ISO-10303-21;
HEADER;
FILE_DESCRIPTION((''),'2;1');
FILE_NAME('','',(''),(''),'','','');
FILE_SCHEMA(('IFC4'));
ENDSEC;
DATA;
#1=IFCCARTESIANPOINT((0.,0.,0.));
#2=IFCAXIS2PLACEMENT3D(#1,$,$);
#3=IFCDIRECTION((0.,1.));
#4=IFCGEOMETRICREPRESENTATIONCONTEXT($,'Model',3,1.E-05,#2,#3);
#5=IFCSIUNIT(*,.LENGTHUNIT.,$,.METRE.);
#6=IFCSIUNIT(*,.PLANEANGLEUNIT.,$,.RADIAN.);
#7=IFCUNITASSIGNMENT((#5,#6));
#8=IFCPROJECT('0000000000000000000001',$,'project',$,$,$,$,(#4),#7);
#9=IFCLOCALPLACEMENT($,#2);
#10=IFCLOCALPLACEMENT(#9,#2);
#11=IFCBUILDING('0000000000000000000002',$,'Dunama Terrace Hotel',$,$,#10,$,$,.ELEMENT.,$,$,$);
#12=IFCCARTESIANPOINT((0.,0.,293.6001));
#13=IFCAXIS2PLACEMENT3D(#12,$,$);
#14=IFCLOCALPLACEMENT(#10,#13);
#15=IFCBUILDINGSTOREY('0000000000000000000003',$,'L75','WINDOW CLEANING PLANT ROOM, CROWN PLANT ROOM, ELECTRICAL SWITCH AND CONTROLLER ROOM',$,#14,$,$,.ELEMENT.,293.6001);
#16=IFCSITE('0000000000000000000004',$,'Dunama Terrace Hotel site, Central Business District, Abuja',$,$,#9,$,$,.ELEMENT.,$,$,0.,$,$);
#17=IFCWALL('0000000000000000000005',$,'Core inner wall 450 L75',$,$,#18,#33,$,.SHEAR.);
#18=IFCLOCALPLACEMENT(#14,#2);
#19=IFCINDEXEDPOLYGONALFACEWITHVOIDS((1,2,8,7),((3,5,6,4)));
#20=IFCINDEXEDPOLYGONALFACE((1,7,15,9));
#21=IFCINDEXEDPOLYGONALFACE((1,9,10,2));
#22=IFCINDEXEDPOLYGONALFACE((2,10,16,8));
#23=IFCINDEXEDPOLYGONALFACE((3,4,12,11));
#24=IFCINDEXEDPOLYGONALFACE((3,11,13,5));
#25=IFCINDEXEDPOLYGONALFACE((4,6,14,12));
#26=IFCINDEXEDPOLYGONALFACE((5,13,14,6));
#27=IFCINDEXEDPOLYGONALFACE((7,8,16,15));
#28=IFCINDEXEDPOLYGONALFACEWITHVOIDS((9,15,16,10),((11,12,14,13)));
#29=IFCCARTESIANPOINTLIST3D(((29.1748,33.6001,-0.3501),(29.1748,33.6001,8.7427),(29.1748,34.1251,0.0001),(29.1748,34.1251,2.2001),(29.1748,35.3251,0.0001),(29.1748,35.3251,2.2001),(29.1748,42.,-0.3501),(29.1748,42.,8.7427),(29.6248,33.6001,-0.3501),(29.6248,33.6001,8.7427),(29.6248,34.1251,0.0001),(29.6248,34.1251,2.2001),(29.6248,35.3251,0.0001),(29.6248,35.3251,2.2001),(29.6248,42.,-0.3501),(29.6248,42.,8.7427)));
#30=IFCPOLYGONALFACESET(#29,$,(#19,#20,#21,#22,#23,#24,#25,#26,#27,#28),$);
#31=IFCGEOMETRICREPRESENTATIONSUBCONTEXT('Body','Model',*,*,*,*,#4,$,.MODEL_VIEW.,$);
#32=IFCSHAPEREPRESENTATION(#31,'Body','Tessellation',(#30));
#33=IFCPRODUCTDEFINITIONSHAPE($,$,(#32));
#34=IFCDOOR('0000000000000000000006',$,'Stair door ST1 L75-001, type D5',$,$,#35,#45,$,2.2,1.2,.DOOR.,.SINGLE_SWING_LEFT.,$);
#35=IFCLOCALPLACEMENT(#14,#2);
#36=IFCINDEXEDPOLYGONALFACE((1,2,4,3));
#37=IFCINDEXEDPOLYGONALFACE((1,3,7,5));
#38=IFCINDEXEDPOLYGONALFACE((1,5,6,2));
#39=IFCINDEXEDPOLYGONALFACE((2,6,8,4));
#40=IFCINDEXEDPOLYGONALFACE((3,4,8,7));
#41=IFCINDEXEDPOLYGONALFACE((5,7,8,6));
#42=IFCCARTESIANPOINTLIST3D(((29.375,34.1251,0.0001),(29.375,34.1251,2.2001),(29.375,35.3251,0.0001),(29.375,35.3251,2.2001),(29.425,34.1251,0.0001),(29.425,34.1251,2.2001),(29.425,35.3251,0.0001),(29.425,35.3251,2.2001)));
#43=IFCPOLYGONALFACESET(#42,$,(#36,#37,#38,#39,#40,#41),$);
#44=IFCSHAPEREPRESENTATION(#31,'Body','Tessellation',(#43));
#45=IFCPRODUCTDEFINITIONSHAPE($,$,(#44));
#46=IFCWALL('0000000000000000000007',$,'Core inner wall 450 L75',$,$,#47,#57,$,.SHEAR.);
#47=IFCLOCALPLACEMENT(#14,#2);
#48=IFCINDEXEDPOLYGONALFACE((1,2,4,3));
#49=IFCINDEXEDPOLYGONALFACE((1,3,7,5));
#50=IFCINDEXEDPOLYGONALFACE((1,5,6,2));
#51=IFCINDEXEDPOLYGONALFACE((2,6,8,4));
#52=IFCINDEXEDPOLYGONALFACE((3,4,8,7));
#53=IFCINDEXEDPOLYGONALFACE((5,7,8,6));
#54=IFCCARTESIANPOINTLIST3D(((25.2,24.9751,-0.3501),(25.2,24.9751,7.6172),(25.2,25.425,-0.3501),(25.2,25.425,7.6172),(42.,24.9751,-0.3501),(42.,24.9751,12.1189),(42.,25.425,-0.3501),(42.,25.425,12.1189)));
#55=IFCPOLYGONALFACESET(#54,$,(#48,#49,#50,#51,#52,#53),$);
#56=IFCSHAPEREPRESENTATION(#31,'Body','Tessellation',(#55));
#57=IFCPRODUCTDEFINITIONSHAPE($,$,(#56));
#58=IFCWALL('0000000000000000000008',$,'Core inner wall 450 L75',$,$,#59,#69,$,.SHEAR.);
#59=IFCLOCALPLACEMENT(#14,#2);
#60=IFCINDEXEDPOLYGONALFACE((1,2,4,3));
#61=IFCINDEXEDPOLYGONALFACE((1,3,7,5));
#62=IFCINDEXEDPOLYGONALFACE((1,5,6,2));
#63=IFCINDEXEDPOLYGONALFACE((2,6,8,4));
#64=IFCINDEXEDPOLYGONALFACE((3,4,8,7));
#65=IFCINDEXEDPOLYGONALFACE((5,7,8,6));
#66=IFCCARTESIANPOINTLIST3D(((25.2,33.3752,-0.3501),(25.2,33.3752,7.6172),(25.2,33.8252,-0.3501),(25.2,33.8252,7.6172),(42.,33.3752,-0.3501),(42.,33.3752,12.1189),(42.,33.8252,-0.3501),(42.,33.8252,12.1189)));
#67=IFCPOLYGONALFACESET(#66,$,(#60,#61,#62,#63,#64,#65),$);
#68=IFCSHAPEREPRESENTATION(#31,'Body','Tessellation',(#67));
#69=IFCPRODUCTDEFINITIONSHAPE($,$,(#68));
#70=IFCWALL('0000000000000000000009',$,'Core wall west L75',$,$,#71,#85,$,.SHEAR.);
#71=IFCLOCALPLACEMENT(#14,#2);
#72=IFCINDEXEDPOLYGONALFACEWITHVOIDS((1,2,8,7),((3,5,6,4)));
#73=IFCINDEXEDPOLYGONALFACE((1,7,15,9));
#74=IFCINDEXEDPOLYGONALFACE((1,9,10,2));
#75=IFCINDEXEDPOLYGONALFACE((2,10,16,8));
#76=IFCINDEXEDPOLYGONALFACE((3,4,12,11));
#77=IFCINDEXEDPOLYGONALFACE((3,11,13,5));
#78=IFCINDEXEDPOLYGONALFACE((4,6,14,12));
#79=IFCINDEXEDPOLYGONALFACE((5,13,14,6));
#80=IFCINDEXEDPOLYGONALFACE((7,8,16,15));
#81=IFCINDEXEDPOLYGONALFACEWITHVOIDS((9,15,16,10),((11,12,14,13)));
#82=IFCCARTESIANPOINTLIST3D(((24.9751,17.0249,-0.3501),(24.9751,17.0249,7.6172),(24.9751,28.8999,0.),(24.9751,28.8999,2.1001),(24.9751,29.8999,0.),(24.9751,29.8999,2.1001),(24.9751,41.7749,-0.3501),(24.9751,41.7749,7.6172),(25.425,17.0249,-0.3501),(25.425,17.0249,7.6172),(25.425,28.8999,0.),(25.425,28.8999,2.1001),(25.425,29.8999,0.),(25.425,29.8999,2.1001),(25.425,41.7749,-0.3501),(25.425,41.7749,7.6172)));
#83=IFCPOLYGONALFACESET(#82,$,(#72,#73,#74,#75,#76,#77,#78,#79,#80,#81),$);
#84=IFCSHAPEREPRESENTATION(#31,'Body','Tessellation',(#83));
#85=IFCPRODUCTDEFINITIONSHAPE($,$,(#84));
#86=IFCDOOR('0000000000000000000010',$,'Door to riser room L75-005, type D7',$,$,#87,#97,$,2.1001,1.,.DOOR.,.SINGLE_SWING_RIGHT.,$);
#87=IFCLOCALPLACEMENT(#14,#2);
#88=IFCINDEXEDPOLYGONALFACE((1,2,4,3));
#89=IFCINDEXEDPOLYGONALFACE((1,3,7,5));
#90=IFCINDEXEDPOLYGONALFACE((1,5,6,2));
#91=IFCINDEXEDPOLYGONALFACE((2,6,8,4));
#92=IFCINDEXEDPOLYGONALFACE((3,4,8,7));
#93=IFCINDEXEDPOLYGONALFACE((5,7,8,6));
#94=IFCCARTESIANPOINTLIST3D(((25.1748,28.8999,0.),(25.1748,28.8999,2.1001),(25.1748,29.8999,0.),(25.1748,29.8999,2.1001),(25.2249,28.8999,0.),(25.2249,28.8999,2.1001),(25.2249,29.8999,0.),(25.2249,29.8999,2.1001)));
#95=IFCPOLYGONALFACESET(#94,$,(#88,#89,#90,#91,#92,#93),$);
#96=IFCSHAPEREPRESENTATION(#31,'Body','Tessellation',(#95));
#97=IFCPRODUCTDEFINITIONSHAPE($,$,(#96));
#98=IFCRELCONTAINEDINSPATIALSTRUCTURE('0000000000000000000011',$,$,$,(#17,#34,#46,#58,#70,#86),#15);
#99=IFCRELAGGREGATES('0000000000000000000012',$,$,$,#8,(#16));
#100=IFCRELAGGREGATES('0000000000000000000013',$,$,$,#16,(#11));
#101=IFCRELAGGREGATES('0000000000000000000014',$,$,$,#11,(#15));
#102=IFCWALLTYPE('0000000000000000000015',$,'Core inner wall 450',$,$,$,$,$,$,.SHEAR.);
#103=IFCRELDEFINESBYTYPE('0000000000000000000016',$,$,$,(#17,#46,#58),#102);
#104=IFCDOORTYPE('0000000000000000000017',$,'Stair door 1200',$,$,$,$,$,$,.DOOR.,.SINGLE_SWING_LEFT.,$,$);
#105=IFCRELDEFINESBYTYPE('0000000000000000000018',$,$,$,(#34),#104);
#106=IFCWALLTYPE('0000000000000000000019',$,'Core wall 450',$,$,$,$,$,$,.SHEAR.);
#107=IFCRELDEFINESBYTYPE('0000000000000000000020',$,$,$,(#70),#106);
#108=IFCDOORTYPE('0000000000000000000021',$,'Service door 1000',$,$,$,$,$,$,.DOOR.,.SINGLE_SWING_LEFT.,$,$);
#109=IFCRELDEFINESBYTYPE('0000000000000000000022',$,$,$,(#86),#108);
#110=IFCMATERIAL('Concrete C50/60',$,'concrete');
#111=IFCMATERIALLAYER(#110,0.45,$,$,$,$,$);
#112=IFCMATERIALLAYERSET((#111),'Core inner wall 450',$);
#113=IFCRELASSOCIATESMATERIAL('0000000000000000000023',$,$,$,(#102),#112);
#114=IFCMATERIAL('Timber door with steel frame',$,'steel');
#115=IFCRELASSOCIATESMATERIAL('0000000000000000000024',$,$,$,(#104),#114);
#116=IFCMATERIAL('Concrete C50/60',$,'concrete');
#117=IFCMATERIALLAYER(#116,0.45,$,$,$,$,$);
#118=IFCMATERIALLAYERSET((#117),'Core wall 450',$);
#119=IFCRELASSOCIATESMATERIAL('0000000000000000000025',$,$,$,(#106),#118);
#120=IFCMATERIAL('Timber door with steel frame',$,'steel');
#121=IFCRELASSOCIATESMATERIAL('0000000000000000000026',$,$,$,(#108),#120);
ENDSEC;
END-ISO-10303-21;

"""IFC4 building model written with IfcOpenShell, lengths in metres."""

from ifc_helpers import new_model, si_unit, direction, frame, frame_2d, origin, place, context, subcontext, project, spatial, polyline, rectangle, outline, extrude, material, layer, layer_set, type_object, element, fill, save


model = new_model("IFC4")

# Units and contexts
model_context = context("Model", 3, precision=1e-05, world=origin(), true_north=direction((0.0, 1.0)))
body_context = subcontext(model_context, "Body", "Model", "MODEL_VIEW")
ifc_project = project(units=[si_unit("LENGTHUNIT", "METRE"), si_unit("PLANEANGLEUNIT", "RADIAN")], contexts=[model_context])

# Site, building, storey
site_placement = place(None, origin())
site = spatial("IfcSite", under=ifc_project, at=site_placement, Name="Dunama Terrace Hotel site, Central Business District, Abuja", CompositionType="ELEMENT", RefElevation=0.0)
building_placement = place(site_placement, origin())
building = spatial("IfcBuilding", under=site, at=building_placement, Name="Dunama Terrace Hotel", CompositionType="ELEMENT")
storey_placement = place(building_placement, frame((0.0, 0.0, 293.6001)))
storey = spatial("IfcBuildingStorey", under=building, at=storey_placement, Name="L75", Description="WINDOW CLEANING PLANT ROOM, CROWN PLANT ROOM, ELECTRICAL SWITCH AND CONTROLLER ROOM", CompositionType="ELEMENT", Elevation=293.6001)

# Wall, opening, door
ifc_material_1 = material(Name="Concrete C50/60", Category="concrete")
ifc_layer_1 = layer(ifc_material_1, 0.45)
ifc_layer_set_1 = layer_set([ifc_layer_1], Name="Core inner wall 450")
wall_type_1 = type_object("IfcWallType", Name="Core inner wall 450", PredefinedType="SHEAR", material=ifc_layer_set_1)
wall_1_placement = place(storey_placement, frame((29.3999, 33.6001, -0.3501), z_axis=(0.0, 0.0, 1.0), x_axis=(0.0, 1.0, 0.0)))
wall_1 = element("IfcWall", 1, at=wall_1_placement, inside=storey, type_object=wall_type_1, Name="Core inner wall 450 L75", PredefinedType="SHEAR", context=body_context, shape_type="SweptSolid", body=[
    extrude(outline(polyline([(0.0, 0.0), (8.3999, 0.0), (8.3999, 9.0928), (0.0, 9.0928), (0.0, 0.0)])), frame((0.0, 0.2251, 0.0), z_axis=(0.0, -1.0, 0.0), x_axis=(1.0, 0.0, 0.0)), (0.0, 0.0, 1.0), 0.45),
])
opening_1_placement = place(wall_1_placement, frame((0.5249, 0.0, 0.3501)))
opening_1 = element("IfcOpeningElement", 2, at=opening_1_placement, cuts=wall_1, PredefinedType="OPENING", context=body_context, shape_type="SweptSolid", body=[
    extrude(rectangle(XDim=1.2, YDim=2.2, at=frame_2d((0.6001, 1.1001))), frame((0.0, 0.2349, 0.0), z_axis=(0.0, -1.0, 0.0), x_axis=(1.0, 0.0, 0.0)), (0.0, 0.0, 1.0), 0.47),
])
ifc_material_2 = material(Name="Timber door with steel frame", Category="steel")
door_type_1 = type_object("IfcDoorType", Name="Stair door 1200", OperationType="SINGLE_SWING_LEFT", PredefinedType="DOOR", material=ifc_material_2)
door_1_placement = place(opening_1_placement, origin())
door_1 = element("IfcDoor", 3, at=door_1_placement, inside=storey, type_object=door_type_1, Name="Stair door ST1 L75-001, type D5", OperationType="SINGLE_SWING_LEFT", OverallHeight=2.2, OverallWidth=1.2, PredefinedType="DOOR", context=body_context, shape_type="SweptSolid", body=[
    extrude(rectangle(XDim=1.2, YDim=2.2, at=frame_2d((0.6001, 1.1001))), frame((0.0, 0.0249, 0.0), z_axis=(0.0, -1.0, 0.0), x_axis=(1.0, 0.0, 0.0)), (0.0, 0.0, 1.0), 0.05),
])
fill(opening_1, door_1)

# Walls
for number, where, z_axis, x_axis, name in (
    (4, (25.2, 25.2, -0.3501), (0.0, 0.0, 1.0), (1.0, 0.0, 0.0), "Core inner wall 450 L75"),
    (5, (25.2, 33.6001, -0.3501), (0.0, 0.0, 1.0), (1.0, 0.0, 0.0), "Core inner wall 450 L75"),
):
    element("IfcWall", number, at=place(storey_placement, frame(where, z_axis=z_axis, x_axis=x_axis)), inside=storey, type_object=wall_type_1, Name=name, PredefinedType="SHEAR", context=body_context, shape_type="SweptSolid", body=[
        extrude(outline(polyline([(0.0, 0.0), (16.8, 0.0), (16.8, 12.469), (0.0, 7.9673), (0.0, 0.0)])), frame((0.0, 0.2251, 0.0), z_axis=(0.0, -1.0, 0.0), x_axis=(1.0, 0.0, 0.0)), (0.0, 0.0, 1.0), 0.45),
    ])

# Wall, opening, door
ifc_material_3 = material(Name="Concrete C50/60", Category="concrete")
ifc_layer_2 = layer(ifc_material_3, 0.45)
ifc_layer_set_2 = layer_set([ifc_layer_2], Name="Core wall 450")
wall_type_2 = type_object("IfcWallType", Name="Core wall 450", PredefinedType="SHEAR", material=ifc_layer_set_2)
wall_2_placement = place(storey_placement, frame((25.2, 41.7749, -0.3501), z_axis=(0.0, 0.0, 1.0), x_axis=(0.0, -1.0, 0.0)))
wall_2 = element("IfcWall", 6, at=wall_2_placement, inside=storey, type_object=wall_type_2, Name="Core wall west L75", PredefinedType="SHEAR", context=body_context, shape_type="SweptSolid", body=[
    extrude(outline(polyline([(0.0, 0.0), (24.75, 0.0), (24.75, 7.9673), (0.0, 7.9673), (0.0, 0.0)])), frame((0.0, 0.2251, 0.0), z_axis=(0.0, -1.0, 0.0), x_axis=(1.0, 0.0, 0.0)), (0.0, 0.0, 1.0), 0.45),
])
opening_2_placement = place(wall_2_placement, frame((11.875, 0.0, 0.3501)))
opening_2 = element("IfcOpeningElement", 7, at=opening_2_placement, cuts=wall_2, PredefinedType="OPENING", context=body_context, shape_type="SweptSolid", body=[
    extrude(rectangle(XDim=1.0, YDim=2.1001, at=frame_2d((0.5, 1.05))), frame((0.0, 0.2349, 0.0), z_axis=(0.0, -1.0, 0.0), x_axis=(1.0, 0.0, 0.0)), (0.0, 0.0, 1.0), 0.47),
])
ifc_material_4 = material(Name="Timber door with steel frame", Category="steel")
door_type_2 = type_object("IfcDoorType", Name="Service door 1000", OperationType="SINGLE_SWING_LEFT", PredefinedType="DOOR", material=ifc_material_4)
door_2_placement = place(opening_2_placement, origin())
door_2 = element("IfcDoor", 8, at=door_2_placement, inside=storey, type_object=door_type_2, Name="Door to riser room L75-005, type D7", OperationType="SINGLE_SWING_RIGHT", OverallHeight=2.1001, OverallWidth=1.0, PredefinedType="DOOR", context=body_context, shape_type="SweptSolid", body=[
    extrude(rectangle(XDim=1.0, YDim=2.1001, at=frame_2d((0.5, 1.05))), frame((0.0, 0.0249, 0.0), z_axis=(0.0, -1.0, 0.0), x_axis=(1.0, 0.0, 0.0)), (0.0, 0.0, 1.0), 0.05),
])
fill(opening_2, door_2)

save(model, "model.ifc")
